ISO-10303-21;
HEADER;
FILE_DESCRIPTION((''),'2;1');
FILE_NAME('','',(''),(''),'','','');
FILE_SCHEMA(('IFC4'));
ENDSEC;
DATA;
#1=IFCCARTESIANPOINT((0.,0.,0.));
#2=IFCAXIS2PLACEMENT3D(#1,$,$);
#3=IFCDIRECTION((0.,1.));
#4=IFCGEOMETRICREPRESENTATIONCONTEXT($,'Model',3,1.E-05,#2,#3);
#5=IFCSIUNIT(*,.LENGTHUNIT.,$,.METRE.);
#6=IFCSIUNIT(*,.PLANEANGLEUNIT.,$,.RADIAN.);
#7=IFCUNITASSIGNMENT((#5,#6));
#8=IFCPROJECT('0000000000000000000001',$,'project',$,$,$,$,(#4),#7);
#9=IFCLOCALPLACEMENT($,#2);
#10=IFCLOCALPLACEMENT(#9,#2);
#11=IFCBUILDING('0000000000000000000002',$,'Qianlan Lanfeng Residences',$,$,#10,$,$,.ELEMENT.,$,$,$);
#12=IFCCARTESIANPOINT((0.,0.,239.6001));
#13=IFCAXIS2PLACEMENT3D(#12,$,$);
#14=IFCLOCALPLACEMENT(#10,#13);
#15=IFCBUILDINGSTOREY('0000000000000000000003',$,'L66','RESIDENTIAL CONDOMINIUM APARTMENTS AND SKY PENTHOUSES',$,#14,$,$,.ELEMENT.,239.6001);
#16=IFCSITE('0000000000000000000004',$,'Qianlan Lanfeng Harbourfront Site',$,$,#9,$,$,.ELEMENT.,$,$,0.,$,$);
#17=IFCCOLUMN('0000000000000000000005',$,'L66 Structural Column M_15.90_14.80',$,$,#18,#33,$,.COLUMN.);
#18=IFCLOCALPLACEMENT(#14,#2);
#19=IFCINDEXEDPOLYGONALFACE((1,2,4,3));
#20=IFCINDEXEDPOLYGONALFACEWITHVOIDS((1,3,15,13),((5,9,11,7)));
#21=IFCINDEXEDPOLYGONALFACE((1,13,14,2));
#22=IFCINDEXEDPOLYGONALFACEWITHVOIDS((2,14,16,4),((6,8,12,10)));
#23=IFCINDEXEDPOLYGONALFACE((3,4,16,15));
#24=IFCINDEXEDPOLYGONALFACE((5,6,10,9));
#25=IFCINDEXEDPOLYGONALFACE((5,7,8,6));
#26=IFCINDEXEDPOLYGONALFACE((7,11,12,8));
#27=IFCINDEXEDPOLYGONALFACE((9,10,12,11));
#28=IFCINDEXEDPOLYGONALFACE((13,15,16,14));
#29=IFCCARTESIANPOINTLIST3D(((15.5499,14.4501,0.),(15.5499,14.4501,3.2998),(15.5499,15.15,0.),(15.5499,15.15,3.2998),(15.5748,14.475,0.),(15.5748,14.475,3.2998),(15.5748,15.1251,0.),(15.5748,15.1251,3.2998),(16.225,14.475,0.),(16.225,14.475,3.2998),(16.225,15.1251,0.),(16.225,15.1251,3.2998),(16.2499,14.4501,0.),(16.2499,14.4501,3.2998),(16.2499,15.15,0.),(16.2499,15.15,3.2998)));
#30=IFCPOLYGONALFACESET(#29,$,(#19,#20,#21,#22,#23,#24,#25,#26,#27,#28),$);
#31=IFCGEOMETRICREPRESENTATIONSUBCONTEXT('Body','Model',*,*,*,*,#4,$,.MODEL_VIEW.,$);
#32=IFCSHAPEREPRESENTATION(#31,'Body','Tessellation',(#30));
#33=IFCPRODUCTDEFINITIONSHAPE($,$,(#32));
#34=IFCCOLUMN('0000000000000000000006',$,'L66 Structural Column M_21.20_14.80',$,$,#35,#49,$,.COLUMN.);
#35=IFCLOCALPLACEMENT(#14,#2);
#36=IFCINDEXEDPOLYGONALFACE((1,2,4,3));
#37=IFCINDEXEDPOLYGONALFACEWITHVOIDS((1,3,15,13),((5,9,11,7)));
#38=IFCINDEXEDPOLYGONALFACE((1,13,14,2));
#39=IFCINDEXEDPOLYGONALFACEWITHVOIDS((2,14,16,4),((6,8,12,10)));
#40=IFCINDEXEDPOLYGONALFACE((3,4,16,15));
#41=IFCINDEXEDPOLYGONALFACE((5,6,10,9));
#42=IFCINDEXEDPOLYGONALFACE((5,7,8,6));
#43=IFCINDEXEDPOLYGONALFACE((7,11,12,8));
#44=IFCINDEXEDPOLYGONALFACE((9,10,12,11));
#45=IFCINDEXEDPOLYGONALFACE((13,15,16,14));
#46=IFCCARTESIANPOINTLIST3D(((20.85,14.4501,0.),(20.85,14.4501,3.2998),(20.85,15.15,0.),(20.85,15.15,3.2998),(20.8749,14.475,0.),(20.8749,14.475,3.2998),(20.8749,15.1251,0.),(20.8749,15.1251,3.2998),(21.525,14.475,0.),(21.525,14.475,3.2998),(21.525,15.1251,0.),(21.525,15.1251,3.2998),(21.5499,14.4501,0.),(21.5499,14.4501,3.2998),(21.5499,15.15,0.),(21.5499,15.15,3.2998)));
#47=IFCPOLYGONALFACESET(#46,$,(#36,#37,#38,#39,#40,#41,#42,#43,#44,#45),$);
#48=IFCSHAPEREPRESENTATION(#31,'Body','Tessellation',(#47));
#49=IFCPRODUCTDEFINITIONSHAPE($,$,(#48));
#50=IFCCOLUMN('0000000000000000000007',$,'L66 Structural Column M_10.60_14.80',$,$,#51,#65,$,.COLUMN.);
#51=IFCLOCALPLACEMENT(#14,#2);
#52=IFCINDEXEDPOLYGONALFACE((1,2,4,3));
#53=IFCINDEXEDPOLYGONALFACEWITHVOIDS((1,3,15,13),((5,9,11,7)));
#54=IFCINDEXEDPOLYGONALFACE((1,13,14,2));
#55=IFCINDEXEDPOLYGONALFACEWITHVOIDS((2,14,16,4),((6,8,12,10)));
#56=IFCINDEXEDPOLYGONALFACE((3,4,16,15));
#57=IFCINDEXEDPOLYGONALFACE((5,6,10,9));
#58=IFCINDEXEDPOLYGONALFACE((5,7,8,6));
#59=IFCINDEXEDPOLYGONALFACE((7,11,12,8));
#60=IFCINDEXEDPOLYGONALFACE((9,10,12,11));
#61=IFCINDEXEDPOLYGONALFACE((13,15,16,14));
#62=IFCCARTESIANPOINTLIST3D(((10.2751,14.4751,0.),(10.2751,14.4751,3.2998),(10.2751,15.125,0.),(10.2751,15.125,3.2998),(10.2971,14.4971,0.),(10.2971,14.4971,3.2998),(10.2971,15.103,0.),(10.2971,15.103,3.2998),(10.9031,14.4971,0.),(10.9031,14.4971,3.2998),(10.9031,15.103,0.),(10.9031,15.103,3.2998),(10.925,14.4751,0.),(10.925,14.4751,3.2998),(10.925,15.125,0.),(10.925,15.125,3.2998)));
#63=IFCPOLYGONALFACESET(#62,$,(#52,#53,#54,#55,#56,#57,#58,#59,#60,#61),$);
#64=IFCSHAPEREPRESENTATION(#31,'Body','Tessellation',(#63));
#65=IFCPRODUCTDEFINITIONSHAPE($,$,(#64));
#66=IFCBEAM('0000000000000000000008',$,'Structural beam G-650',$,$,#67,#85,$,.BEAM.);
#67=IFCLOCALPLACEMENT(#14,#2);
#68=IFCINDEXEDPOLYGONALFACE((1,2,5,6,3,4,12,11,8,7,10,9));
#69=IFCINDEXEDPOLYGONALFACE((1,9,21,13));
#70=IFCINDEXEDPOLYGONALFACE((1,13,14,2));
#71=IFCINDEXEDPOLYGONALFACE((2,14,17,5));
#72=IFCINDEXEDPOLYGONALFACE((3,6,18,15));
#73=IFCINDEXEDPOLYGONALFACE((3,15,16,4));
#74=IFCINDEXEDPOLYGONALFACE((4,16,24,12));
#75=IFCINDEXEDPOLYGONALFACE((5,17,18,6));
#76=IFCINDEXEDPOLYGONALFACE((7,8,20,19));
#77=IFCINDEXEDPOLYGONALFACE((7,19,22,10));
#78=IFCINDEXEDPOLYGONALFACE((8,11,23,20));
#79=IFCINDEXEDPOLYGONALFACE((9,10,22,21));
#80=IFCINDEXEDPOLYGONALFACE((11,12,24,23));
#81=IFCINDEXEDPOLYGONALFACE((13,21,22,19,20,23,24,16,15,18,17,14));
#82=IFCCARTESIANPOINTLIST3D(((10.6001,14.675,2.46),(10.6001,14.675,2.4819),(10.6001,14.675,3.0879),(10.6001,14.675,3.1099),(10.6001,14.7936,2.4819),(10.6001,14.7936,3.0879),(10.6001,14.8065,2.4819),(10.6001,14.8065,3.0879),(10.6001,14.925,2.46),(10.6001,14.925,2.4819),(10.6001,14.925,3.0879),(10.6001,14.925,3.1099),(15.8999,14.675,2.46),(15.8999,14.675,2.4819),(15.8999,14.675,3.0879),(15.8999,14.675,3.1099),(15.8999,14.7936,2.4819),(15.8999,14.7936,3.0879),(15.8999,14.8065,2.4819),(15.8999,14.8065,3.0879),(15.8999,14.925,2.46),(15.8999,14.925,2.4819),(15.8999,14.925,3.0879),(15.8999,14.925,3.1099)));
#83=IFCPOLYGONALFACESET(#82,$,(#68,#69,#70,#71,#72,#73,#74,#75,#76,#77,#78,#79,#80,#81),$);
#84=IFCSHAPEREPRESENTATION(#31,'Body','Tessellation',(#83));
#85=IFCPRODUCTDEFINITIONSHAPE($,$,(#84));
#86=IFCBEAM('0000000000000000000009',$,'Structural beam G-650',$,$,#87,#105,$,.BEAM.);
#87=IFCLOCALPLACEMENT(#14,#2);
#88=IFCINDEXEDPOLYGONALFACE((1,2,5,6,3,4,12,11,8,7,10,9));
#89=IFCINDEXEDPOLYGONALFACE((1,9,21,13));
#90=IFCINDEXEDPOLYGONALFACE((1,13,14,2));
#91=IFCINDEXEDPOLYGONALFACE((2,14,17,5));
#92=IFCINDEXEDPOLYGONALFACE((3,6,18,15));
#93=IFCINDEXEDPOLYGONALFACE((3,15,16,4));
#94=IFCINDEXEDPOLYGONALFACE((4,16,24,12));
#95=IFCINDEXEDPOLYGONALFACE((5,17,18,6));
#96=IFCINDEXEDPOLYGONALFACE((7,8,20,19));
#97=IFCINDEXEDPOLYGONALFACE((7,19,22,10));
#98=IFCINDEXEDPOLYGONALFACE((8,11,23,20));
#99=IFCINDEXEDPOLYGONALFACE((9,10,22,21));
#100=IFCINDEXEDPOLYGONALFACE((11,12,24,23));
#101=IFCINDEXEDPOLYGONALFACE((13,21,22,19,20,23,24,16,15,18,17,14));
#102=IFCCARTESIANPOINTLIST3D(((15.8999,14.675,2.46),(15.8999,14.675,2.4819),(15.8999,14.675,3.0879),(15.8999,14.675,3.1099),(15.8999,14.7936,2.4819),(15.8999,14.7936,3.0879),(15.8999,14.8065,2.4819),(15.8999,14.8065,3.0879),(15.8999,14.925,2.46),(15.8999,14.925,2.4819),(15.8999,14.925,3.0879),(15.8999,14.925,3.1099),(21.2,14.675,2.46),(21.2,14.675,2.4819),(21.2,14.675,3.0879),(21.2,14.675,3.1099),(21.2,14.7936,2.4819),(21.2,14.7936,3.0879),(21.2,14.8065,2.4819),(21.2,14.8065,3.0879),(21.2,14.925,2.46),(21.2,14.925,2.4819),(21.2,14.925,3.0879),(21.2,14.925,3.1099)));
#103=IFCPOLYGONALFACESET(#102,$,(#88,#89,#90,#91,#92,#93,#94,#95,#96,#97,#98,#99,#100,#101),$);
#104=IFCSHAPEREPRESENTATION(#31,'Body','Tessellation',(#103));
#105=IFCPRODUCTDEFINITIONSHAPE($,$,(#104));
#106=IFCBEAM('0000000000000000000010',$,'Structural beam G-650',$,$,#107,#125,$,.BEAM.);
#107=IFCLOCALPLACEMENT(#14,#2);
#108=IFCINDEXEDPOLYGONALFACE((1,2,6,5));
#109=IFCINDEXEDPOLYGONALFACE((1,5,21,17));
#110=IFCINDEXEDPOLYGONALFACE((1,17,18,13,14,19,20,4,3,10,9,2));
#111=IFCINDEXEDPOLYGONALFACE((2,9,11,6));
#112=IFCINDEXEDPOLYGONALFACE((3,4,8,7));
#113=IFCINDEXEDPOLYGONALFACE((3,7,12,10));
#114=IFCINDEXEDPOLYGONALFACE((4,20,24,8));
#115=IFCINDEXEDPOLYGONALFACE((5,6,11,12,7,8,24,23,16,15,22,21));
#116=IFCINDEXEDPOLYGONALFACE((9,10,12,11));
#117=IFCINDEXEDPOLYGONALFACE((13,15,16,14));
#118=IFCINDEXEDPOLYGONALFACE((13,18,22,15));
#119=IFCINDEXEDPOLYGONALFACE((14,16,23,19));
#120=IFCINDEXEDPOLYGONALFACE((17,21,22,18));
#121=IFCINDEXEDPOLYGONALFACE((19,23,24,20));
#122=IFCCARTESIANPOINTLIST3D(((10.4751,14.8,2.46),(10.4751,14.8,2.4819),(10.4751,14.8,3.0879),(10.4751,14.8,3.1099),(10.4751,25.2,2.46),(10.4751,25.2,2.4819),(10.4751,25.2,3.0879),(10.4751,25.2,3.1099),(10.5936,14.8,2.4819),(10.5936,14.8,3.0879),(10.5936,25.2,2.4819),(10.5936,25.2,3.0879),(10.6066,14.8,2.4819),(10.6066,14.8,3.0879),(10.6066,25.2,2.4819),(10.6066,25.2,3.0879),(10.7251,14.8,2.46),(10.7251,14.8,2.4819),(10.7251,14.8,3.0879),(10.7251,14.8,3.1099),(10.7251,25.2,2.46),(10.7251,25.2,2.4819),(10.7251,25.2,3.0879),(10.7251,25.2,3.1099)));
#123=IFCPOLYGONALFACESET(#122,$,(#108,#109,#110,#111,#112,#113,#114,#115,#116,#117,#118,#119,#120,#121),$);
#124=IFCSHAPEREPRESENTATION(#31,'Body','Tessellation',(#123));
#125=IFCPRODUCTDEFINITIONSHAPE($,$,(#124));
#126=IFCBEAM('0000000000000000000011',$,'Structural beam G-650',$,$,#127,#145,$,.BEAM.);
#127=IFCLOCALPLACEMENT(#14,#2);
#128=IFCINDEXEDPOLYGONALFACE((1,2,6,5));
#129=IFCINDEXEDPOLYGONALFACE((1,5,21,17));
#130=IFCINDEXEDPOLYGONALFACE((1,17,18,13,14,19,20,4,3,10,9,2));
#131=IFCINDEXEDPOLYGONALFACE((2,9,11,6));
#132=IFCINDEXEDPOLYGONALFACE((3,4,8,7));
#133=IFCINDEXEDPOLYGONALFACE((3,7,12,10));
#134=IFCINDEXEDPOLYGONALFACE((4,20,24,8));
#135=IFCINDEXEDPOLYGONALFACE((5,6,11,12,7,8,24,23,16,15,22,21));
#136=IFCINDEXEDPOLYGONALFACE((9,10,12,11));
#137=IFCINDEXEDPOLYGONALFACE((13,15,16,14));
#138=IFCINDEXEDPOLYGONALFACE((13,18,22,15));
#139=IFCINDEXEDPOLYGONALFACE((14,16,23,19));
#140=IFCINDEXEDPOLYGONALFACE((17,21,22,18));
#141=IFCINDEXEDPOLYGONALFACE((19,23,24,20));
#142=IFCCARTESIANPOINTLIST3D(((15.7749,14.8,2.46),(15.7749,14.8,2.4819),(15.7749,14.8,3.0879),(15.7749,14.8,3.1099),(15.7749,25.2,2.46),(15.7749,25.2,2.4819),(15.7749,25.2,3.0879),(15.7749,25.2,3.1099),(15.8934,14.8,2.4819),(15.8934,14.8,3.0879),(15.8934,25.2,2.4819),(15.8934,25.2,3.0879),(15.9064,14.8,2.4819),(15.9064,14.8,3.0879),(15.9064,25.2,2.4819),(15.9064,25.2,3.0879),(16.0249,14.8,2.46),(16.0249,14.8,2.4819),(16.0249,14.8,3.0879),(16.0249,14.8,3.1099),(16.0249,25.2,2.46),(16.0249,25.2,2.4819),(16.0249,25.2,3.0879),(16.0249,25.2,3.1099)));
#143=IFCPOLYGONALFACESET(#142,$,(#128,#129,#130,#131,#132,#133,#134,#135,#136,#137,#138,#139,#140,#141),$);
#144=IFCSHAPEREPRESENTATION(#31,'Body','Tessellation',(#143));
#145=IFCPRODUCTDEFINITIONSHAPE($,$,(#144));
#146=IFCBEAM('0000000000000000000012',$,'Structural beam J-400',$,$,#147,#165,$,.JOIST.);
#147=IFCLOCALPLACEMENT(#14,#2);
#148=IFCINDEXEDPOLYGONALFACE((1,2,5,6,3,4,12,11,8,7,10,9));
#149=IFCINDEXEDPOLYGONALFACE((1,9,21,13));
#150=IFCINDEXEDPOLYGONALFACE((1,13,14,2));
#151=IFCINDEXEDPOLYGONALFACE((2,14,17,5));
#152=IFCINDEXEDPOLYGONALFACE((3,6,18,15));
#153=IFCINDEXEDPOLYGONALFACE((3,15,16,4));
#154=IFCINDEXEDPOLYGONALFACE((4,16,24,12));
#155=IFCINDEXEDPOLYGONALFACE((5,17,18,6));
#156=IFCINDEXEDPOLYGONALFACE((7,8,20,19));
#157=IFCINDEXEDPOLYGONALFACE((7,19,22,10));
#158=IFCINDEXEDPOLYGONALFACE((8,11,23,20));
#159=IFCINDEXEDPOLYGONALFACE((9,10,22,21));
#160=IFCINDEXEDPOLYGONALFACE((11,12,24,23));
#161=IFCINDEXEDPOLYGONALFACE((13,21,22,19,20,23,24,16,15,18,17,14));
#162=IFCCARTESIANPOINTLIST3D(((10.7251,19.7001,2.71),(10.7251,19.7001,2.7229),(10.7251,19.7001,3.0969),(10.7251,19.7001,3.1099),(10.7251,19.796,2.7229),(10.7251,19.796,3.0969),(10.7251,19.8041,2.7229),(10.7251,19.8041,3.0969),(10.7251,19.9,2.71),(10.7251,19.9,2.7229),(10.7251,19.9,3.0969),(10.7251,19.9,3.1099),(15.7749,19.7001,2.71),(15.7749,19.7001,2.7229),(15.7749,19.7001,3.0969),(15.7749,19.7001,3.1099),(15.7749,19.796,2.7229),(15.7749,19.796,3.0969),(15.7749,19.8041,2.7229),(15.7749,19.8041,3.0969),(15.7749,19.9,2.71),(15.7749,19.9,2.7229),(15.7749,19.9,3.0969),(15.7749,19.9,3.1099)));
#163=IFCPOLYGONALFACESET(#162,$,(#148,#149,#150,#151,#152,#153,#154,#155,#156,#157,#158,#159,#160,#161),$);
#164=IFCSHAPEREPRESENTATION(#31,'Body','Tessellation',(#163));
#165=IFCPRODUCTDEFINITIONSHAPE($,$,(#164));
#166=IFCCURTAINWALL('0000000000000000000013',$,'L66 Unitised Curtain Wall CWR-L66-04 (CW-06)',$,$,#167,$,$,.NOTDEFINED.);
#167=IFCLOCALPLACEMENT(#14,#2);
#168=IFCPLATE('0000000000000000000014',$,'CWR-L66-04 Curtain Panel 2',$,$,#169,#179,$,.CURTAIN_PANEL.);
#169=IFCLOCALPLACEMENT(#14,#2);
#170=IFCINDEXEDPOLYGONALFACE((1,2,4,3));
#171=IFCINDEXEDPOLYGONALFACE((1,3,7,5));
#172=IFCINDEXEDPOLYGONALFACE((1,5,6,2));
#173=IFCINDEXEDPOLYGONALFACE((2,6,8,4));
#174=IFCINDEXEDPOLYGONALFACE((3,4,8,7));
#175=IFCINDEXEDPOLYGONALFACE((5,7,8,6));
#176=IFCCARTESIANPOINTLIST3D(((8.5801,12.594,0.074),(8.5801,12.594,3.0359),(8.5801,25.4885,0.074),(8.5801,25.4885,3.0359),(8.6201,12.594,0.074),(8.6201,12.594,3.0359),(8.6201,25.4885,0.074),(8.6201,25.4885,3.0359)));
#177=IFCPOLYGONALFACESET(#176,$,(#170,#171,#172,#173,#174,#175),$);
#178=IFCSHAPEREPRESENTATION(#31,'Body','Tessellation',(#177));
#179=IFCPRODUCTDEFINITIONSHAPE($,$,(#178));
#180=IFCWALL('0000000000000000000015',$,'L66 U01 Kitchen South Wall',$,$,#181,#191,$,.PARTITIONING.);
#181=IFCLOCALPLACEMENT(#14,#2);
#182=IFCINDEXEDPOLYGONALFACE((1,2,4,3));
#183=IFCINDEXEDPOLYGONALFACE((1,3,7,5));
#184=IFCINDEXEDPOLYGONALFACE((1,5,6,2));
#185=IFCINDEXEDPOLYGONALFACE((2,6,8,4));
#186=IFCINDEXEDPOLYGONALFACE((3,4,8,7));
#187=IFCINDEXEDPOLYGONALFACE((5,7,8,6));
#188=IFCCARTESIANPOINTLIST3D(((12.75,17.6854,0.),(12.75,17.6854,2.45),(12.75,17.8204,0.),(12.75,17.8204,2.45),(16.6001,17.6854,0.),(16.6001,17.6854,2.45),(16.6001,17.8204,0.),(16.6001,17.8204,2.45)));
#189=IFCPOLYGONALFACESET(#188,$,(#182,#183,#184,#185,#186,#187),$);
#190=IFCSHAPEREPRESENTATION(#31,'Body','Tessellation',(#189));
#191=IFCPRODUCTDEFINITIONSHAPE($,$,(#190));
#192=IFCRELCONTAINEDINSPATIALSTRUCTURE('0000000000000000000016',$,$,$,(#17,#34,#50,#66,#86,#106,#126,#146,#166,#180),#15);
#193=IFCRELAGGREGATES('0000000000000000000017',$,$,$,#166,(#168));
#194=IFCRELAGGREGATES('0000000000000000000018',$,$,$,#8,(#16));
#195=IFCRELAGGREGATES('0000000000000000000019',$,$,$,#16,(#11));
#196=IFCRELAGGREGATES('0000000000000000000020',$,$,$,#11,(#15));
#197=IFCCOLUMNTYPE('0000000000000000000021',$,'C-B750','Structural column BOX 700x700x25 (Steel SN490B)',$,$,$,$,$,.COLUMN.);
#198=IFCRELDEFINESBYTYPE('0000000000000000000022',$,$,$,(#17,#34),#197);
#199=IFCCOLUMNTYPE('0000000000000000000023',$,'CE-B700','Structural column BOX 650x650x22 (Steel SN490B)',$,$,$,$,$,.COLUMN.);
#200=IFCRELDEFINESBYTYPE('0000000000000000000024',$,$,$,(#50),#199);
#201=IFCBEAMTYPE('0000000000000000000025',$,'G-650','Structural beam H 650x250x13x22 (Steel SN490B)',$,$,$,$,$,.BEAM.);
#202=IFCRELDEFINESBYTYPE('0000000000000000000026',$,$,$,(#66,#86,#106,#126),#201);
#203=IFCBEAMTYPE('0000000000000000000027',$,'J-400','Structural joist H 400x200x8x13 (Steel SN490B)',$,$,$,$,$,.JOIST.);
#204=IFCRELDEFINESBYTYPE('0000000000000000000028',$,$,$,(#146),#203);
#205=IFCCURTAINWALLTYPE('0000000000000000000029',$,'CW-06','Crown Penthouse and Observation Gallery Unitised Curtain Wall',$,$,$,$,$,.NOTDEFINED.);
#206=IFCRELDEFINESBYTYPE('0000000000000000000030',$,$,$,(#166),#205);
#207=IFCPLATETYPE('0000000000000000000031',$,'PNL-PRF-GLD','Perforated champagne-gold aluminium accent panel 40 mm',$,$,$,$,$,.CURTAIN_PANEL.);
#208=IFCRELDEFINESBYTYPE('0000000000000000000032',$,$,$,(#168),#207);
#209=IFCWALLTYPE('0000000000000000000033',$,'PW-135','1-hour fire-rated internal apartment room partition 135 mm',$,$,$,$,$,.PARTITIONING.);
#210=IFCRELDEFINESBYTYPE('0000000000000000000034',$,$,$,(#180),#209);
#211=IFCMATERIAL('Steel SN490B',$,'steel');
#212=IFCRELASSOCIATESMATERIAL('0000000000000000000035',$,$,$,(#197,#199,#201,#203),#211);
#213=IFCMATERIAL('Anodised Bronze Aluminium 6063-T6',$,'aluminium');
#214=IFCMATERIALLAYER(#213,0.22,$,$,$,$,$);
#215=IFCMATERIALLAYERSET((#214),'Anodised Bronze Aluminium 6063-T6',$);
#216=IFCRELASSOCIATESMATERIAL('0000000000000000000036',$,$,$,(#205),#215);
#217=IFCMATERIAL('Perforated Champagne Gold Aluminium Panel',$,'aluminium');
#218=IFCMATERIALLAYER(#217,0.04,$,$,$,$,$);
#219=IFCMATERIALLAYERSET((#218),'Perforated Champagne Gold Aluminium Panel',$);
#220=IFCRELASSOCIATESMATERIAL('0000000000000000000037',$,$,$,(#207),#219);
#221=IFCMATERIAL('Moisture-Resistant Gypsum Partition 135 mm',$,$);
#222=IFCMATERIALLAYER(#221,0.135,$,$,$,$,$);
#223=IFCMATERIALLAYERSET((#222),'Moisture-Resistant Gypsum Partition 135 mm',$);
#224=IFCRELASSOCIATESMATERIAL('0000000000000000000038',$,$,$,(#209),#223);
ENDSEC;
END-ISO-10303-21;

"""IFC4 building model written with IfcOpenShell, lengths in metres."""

from ifc_helpers import new_model, si_unit, direction, frame, frame_2d, origin, origin_2d, place, context, subcontext, project, spatial, rectangle, hollow_rectangle, i_section, extrude, source, transform, mapped, material, layer, layer_set, material_profile, profile_set, type_object, element, aggregate, save


model = new_model("IFC4")

# Units and contexts
model_context = context("Model", 3, precision=1e-05, world=origin(), true_north=direction((0.0, 1.0)))
body_context = subcontext(model_context, "Body", "Model", "MODEL_VIEW")
ifc_project = project(units=[si_unit("LENGTHUNIT", "METRE"), si_unit("PLANEANGLEUNIT", "RADIAN")], contexts=[model_context])

# Site, building, storey
site_placement = place(None, origin())
site = spatial("IfcSite", under=ifc_project, at=site_placement, Name="Qianlan Lanfeng Harbourfront Site", CompositionType="ELEMENT", RefElevation=0.0)
building_placement = place(site_placement, origin())
building = spatial("IfcBuilding", under=site, at=building_placement, Name="Qianlan Lanfeng Residences", CompositionType="ELEMENT")
storey_placement = place(building_placement, frame((0.0, 0.0, 239.6001)))
storey = spatial("IfcBuildingStorey", under=building, at=storey_placement, Name="L66", Description="RESIDENTIAL CONDOMINIUM APARTMENTS AND SKY PENTHOUSES", CompositionType="ELEMENT", Elevation=239.6001)

# Columns
ifc_material_1 = material(Name="Steel SN490B", Category="steel")
ifc_material_profile_1 = material_profile(ifc_material_1, hollow_rectangle(XDim=0.7, YDim=0.7, WallThickness=0.0249, at=origin_2d()), Name="BOX 700x700x25")
ifc_profile_set_1 = profile_set([ifc_material_profile_1], Name="Steel SN490B")
column_type_1 = type_object("IfcColumnType", Name="C-B750", Description="Structural column BOX 700x700x25 (Steel SN490B)", PredefinedType="COLUMN", material=ifc_profile_set_1)
for number, where, z_axis, x_axis, name in (
    (1, (15.8999, 14.8, 0.0), (0.0, 0.0, 1.0), (1.0, 0.0, 0.0), "L66 Structural Column M_15.90_14.80"),
    (2, (21.2, 14.8, 0.0), (0.0, 0.0, 1.0), (1.0, 0.0, 0.0), "L66 Structural Column M_21.20_14.80"),
):
    element("IfcColumn", number, at=place(storey_placement, frame(where, z_axis=z_axis, x_axis=x_axis)), inside=storey, type_object=column_type_1, Name=name, PredefinedType="COLUMN", context=body_context, shape_type="SweptSolid", body=[
        extrude(hollow_rectangle(XDim=0.7, YDim=0.7, WallThickness=0.0249, at=origin_2d()), origin(), (0.0, 0.0, 1.0), 3.2998),
    ])
ifc_material_profile_2 = material_profile(ifc_material_1, hollow_rectangle(XDim=0.6499, YDim=0.6499, WallThickness=0.022, at=origin_2d()), Name="BOX 650x650x22")
ifc_profile_set_2 = profile_set([ifc_material_profile_2], Name="Steel SN490B")
column_type_2 = type_object("IfcColumnType", Name="CE-B700", Description="Structural column BOX 650x650x22 (Steel SN490B)", PredefinedType="COLUMN", material=ifc_profile_set_2)
column_placement = place(storey_placement, frame((10.6001, 14.8, 0.0), z_axis=(0.0, 0.0, 1.0), x_axis=(1.0, 0.0, 0.0)))
element("IfcColumn", 3, at=column_placement, inside=storey, type_object=column_type_2, Name="L66 Structural Column M_10.60_14.80", PredefinedType="COLUMN", context=body_context, shape_type="SweptSolid", body=[
    extrude(hollow_rectangle(XDim=0.6499, YDim=0.6499, WallThickness=0.022, at=origin_2d()), origin(), (0.0, 0.0, 1.0), 3.2998),
])

# Beams
ifc_material_profile_3 = material_profile(ifc_material_1, i_section(OverallWidth=0.25, OverallDepth=0.6499, WebThickness=0.0129, FlangeThickness=0.022, at=origin_2d()), Name="H 650x250x13x22")
ifc_profile_set_3 = profile_set([ifc_material_profile_3], Name="Steel SN490B")
beam_type_1 = type_object("IfcBeamType", Name="G-650", Description="Structural beam H 650x250x13x22 (Steel SN490B)", PredefinedType="BEAM", material=ifc_profile_set_3)
beam_1_placement = place(storey_placement, frame((10.6001, 14.8, 2.7849), z_axis=(1.0, 0.0, 0.0), x_axis=(0.0, 1.0, 0.0)))
element("IfcBeam", 4, at=beam_1_placement, inside=storey, type_object=beam_type_1, Name="Structural beam G-650", PredefinedType="BEAM", context=body_context, shape_type="SweptSolid", body=[
    extrude(i_section(OverallWidth=0.25, OverallDepth=0.6499, WebThickness=0.0129, FlangeThickness=0.022, at=origin_2d()), origin(), (0.0, 0.0, 1.0), 5.2998),
])
beam_2_placement = place(storey_placement, frame((15.8999, 14.8, 2.7849), z_axis=(1.0, 0.0, 0.0), x_axis=(0.0, 1.0, 0.0)))
element("IfcBeam", 5, at=beam_2_placement, inside=storey, type_object=beam_type_1, Name="Structural beam G-650", PredefinedType="BEAM", context=body_context, shape_type="SweptSolid", body=[
    extrude(i_section(OverallWidth=0.25, OverallDepth=0.6499, WebThickness=0.0129, FlangeThickness=0.022, at=origin_2d()), origin(), (0.0, 0.0, 1.0), 5.3),
])
for number, where, z_axis, x_axis, name in (
    (6, (10.6001, 14.8, 2.7849), (0.0, 1.0, 0.0), (-1.0, 0.0, 0.0), "Structural beam G-650"),
    (7, (15.8999, 14.8, 2.7849), (0.0, 1.0, 0.0), (-1.0, 0.0, 0.0), "Structural beam G-650"),
):
    element("IfcBeam", number, at=place(storey_placement, frame(where, z_axis=z_axis, x_axis=x_axis)), inside=storey, type_object=beam_type_1, Name=name, PredefinedType="BEAM", context=body_context, shape_type="SweptSolid", body=[
        extrude(i_section(OverallWidth=0.25, OverallDepth=0.6499, WebThickness=0.0129, FlangeThickness=0.022, at=origin_2d()), origin(), (0.0, 0.0, 1.0), 10.3999),
    ])
ifc_material_profile_4 = material_profile(ifc_material_1, i_section(OverallWidth=0.2, OverallDepth=0.3999, WebThickness=0.0081, FlangeThickness=0.0129, at=origin_2d()), Name="H 400x200x8x13")
ifc_profile_set_4 = profile_set([ifc_material_profile_4], Name="Steel SN490B")
beam_type_2 = type_object("IfcBeamType", Name="J-400", Description="Structural joist H 400x200x8x13 (Steel SN490B)", PredefinedType="JOIST", material=ifc_profile_set_4)
beam_3_placement = place(storey_placement, frame((10.7251, 19.8, 2.9099), z_axis=(1.0, 0.0, 0.0), x_axis=(0.0, 1.0, 0.0)))
element("IfcBeam", 8, at=beam_3_placement, inside=storey, type_object=beam_type_2, Name="Structural beam J-400", PredefinedType="JOIST", context=body_context, shape_type="SweptSolid", body=[
    extrude(i_section(OverallWidth=0.2, OverallDepth=0.3999, WebThickness=0.0081, FlangeThickness=0.0129, at=origin_2d()), origin(), (0.0, 0.0, 1.0), 5.0498),
])

# Curtain wall, plate
ifc_material_2 = material(Name="Anodised Bronze Aluminium 6063-T6", Category="aluminium")
ifc_layer_1 = layer(ifc_material_2, 0.22)
ifc_layer_set_1 = layer_set([ifc_layer_1], Name="Anodised Bronze Aluminium 6063-T6")
curtain_wall_type = type_object("IfcCurtainWallType", Name="CW-06", Description="Crown Penthouse and Observation Gallery Unitised Curtain Wall", PredefinedType="NOTDEFINED", material=ifc_layer_set_1)
curtain_wall_placement = place(storey_placement, origin())
curtain_wall = element("IfcCurtainWall", 9, at=curtain_wall_placement, inside=storey, type_object=curtain_wall_type, Name="L66 Unitised Curtain Wall CWR-L66-04 (CW-06)", PredefinedType="NOTDEFINED")
ifc_material_3 = material(Name="Perforated Champagne Gold Aluminium Panel", Category="aluminium")
ifc_layer_2 = layer(ifc_material_3, 0.04)
ifc_layer_set_2 = layer_set([ifc_layer_2], Name="Perforated Champagne Gold Aluminium Panel")
plate_type = type_object("IfcPlateType", Name="PNL-PRF-GLD", Description="Perforated champagne-gold aluminium accent panel 40 mm", PredefinedType="CURTAIN_PANEL", material=ifc_layer_set_2)
shared_shape = source(origin(), body_context, "Body", "SweptSolid", [
    extrude(rectangle(XDim=12.8945, YDim=0.04, at=origin_2d()), origin(), (0.0, 0.0, 1.0), 2.9619),
])
plate_placement = place(storey_placement, frame((8.6001, 19.0413, 0.074), z_axis=(0.0, 0.0, 1.0), x_axis=(0.0, -1.0, 0.0)))
plate = element("IfcPlate", 10, at=plate_placement, type_object=plate_type, Name="CWR-L66-04 Curtain Panel 2", PredefinedType="CURTAIN_PANEL", context=body_context, shape_type="MappedRepresentation", body=[
    mapped(shared_shape, transform((0.0, 0.0, 0.0), scale=1.0)),
])
aggregate(curtain_wall, [plate])

# Shared definitions
ifc_material_4 = material(Name="Moisture-Resistant Gypsum Partition 135 mm")
ifc_layer_3 = layer(ifc_material_4, 0.135)
ifc_layer_set_3 = layer_set([ifc_layer_3], Name="Moisture-Resistant Gypsum Partition 135 mm")
wall_type_1 = type_object("IfcWallType", Name="PW-135", Description="1-hour fire-rated internal apartment room partition 135 mm", PredefinedType="PARTITIONING", material=ifc_layer_set_3)

# Wall
wall_1_placement = place(storey_placement, frame((12.75, 17.7529, 0.0), z_axis=(0.0, 0.0, 1.0), x_axis=(1.0, 0.0, 0.0)))
element("IfcWall", 11, at=wall_1_placement, inside=storey, type_object=wall_type_1, Name="L66 U01 Kitchen South Wall", PredefinedType="PARTITIONING", context=body_context, shape_type="SweptSolid", body=[
    extrude(rectangle(XDim=3.8501, YDim=0.135, at=frame_2d((1.925, 0.0))), origin(), (0.0, 0.0, 1.0), 2.45),
])

save(model, "model.ifc")
